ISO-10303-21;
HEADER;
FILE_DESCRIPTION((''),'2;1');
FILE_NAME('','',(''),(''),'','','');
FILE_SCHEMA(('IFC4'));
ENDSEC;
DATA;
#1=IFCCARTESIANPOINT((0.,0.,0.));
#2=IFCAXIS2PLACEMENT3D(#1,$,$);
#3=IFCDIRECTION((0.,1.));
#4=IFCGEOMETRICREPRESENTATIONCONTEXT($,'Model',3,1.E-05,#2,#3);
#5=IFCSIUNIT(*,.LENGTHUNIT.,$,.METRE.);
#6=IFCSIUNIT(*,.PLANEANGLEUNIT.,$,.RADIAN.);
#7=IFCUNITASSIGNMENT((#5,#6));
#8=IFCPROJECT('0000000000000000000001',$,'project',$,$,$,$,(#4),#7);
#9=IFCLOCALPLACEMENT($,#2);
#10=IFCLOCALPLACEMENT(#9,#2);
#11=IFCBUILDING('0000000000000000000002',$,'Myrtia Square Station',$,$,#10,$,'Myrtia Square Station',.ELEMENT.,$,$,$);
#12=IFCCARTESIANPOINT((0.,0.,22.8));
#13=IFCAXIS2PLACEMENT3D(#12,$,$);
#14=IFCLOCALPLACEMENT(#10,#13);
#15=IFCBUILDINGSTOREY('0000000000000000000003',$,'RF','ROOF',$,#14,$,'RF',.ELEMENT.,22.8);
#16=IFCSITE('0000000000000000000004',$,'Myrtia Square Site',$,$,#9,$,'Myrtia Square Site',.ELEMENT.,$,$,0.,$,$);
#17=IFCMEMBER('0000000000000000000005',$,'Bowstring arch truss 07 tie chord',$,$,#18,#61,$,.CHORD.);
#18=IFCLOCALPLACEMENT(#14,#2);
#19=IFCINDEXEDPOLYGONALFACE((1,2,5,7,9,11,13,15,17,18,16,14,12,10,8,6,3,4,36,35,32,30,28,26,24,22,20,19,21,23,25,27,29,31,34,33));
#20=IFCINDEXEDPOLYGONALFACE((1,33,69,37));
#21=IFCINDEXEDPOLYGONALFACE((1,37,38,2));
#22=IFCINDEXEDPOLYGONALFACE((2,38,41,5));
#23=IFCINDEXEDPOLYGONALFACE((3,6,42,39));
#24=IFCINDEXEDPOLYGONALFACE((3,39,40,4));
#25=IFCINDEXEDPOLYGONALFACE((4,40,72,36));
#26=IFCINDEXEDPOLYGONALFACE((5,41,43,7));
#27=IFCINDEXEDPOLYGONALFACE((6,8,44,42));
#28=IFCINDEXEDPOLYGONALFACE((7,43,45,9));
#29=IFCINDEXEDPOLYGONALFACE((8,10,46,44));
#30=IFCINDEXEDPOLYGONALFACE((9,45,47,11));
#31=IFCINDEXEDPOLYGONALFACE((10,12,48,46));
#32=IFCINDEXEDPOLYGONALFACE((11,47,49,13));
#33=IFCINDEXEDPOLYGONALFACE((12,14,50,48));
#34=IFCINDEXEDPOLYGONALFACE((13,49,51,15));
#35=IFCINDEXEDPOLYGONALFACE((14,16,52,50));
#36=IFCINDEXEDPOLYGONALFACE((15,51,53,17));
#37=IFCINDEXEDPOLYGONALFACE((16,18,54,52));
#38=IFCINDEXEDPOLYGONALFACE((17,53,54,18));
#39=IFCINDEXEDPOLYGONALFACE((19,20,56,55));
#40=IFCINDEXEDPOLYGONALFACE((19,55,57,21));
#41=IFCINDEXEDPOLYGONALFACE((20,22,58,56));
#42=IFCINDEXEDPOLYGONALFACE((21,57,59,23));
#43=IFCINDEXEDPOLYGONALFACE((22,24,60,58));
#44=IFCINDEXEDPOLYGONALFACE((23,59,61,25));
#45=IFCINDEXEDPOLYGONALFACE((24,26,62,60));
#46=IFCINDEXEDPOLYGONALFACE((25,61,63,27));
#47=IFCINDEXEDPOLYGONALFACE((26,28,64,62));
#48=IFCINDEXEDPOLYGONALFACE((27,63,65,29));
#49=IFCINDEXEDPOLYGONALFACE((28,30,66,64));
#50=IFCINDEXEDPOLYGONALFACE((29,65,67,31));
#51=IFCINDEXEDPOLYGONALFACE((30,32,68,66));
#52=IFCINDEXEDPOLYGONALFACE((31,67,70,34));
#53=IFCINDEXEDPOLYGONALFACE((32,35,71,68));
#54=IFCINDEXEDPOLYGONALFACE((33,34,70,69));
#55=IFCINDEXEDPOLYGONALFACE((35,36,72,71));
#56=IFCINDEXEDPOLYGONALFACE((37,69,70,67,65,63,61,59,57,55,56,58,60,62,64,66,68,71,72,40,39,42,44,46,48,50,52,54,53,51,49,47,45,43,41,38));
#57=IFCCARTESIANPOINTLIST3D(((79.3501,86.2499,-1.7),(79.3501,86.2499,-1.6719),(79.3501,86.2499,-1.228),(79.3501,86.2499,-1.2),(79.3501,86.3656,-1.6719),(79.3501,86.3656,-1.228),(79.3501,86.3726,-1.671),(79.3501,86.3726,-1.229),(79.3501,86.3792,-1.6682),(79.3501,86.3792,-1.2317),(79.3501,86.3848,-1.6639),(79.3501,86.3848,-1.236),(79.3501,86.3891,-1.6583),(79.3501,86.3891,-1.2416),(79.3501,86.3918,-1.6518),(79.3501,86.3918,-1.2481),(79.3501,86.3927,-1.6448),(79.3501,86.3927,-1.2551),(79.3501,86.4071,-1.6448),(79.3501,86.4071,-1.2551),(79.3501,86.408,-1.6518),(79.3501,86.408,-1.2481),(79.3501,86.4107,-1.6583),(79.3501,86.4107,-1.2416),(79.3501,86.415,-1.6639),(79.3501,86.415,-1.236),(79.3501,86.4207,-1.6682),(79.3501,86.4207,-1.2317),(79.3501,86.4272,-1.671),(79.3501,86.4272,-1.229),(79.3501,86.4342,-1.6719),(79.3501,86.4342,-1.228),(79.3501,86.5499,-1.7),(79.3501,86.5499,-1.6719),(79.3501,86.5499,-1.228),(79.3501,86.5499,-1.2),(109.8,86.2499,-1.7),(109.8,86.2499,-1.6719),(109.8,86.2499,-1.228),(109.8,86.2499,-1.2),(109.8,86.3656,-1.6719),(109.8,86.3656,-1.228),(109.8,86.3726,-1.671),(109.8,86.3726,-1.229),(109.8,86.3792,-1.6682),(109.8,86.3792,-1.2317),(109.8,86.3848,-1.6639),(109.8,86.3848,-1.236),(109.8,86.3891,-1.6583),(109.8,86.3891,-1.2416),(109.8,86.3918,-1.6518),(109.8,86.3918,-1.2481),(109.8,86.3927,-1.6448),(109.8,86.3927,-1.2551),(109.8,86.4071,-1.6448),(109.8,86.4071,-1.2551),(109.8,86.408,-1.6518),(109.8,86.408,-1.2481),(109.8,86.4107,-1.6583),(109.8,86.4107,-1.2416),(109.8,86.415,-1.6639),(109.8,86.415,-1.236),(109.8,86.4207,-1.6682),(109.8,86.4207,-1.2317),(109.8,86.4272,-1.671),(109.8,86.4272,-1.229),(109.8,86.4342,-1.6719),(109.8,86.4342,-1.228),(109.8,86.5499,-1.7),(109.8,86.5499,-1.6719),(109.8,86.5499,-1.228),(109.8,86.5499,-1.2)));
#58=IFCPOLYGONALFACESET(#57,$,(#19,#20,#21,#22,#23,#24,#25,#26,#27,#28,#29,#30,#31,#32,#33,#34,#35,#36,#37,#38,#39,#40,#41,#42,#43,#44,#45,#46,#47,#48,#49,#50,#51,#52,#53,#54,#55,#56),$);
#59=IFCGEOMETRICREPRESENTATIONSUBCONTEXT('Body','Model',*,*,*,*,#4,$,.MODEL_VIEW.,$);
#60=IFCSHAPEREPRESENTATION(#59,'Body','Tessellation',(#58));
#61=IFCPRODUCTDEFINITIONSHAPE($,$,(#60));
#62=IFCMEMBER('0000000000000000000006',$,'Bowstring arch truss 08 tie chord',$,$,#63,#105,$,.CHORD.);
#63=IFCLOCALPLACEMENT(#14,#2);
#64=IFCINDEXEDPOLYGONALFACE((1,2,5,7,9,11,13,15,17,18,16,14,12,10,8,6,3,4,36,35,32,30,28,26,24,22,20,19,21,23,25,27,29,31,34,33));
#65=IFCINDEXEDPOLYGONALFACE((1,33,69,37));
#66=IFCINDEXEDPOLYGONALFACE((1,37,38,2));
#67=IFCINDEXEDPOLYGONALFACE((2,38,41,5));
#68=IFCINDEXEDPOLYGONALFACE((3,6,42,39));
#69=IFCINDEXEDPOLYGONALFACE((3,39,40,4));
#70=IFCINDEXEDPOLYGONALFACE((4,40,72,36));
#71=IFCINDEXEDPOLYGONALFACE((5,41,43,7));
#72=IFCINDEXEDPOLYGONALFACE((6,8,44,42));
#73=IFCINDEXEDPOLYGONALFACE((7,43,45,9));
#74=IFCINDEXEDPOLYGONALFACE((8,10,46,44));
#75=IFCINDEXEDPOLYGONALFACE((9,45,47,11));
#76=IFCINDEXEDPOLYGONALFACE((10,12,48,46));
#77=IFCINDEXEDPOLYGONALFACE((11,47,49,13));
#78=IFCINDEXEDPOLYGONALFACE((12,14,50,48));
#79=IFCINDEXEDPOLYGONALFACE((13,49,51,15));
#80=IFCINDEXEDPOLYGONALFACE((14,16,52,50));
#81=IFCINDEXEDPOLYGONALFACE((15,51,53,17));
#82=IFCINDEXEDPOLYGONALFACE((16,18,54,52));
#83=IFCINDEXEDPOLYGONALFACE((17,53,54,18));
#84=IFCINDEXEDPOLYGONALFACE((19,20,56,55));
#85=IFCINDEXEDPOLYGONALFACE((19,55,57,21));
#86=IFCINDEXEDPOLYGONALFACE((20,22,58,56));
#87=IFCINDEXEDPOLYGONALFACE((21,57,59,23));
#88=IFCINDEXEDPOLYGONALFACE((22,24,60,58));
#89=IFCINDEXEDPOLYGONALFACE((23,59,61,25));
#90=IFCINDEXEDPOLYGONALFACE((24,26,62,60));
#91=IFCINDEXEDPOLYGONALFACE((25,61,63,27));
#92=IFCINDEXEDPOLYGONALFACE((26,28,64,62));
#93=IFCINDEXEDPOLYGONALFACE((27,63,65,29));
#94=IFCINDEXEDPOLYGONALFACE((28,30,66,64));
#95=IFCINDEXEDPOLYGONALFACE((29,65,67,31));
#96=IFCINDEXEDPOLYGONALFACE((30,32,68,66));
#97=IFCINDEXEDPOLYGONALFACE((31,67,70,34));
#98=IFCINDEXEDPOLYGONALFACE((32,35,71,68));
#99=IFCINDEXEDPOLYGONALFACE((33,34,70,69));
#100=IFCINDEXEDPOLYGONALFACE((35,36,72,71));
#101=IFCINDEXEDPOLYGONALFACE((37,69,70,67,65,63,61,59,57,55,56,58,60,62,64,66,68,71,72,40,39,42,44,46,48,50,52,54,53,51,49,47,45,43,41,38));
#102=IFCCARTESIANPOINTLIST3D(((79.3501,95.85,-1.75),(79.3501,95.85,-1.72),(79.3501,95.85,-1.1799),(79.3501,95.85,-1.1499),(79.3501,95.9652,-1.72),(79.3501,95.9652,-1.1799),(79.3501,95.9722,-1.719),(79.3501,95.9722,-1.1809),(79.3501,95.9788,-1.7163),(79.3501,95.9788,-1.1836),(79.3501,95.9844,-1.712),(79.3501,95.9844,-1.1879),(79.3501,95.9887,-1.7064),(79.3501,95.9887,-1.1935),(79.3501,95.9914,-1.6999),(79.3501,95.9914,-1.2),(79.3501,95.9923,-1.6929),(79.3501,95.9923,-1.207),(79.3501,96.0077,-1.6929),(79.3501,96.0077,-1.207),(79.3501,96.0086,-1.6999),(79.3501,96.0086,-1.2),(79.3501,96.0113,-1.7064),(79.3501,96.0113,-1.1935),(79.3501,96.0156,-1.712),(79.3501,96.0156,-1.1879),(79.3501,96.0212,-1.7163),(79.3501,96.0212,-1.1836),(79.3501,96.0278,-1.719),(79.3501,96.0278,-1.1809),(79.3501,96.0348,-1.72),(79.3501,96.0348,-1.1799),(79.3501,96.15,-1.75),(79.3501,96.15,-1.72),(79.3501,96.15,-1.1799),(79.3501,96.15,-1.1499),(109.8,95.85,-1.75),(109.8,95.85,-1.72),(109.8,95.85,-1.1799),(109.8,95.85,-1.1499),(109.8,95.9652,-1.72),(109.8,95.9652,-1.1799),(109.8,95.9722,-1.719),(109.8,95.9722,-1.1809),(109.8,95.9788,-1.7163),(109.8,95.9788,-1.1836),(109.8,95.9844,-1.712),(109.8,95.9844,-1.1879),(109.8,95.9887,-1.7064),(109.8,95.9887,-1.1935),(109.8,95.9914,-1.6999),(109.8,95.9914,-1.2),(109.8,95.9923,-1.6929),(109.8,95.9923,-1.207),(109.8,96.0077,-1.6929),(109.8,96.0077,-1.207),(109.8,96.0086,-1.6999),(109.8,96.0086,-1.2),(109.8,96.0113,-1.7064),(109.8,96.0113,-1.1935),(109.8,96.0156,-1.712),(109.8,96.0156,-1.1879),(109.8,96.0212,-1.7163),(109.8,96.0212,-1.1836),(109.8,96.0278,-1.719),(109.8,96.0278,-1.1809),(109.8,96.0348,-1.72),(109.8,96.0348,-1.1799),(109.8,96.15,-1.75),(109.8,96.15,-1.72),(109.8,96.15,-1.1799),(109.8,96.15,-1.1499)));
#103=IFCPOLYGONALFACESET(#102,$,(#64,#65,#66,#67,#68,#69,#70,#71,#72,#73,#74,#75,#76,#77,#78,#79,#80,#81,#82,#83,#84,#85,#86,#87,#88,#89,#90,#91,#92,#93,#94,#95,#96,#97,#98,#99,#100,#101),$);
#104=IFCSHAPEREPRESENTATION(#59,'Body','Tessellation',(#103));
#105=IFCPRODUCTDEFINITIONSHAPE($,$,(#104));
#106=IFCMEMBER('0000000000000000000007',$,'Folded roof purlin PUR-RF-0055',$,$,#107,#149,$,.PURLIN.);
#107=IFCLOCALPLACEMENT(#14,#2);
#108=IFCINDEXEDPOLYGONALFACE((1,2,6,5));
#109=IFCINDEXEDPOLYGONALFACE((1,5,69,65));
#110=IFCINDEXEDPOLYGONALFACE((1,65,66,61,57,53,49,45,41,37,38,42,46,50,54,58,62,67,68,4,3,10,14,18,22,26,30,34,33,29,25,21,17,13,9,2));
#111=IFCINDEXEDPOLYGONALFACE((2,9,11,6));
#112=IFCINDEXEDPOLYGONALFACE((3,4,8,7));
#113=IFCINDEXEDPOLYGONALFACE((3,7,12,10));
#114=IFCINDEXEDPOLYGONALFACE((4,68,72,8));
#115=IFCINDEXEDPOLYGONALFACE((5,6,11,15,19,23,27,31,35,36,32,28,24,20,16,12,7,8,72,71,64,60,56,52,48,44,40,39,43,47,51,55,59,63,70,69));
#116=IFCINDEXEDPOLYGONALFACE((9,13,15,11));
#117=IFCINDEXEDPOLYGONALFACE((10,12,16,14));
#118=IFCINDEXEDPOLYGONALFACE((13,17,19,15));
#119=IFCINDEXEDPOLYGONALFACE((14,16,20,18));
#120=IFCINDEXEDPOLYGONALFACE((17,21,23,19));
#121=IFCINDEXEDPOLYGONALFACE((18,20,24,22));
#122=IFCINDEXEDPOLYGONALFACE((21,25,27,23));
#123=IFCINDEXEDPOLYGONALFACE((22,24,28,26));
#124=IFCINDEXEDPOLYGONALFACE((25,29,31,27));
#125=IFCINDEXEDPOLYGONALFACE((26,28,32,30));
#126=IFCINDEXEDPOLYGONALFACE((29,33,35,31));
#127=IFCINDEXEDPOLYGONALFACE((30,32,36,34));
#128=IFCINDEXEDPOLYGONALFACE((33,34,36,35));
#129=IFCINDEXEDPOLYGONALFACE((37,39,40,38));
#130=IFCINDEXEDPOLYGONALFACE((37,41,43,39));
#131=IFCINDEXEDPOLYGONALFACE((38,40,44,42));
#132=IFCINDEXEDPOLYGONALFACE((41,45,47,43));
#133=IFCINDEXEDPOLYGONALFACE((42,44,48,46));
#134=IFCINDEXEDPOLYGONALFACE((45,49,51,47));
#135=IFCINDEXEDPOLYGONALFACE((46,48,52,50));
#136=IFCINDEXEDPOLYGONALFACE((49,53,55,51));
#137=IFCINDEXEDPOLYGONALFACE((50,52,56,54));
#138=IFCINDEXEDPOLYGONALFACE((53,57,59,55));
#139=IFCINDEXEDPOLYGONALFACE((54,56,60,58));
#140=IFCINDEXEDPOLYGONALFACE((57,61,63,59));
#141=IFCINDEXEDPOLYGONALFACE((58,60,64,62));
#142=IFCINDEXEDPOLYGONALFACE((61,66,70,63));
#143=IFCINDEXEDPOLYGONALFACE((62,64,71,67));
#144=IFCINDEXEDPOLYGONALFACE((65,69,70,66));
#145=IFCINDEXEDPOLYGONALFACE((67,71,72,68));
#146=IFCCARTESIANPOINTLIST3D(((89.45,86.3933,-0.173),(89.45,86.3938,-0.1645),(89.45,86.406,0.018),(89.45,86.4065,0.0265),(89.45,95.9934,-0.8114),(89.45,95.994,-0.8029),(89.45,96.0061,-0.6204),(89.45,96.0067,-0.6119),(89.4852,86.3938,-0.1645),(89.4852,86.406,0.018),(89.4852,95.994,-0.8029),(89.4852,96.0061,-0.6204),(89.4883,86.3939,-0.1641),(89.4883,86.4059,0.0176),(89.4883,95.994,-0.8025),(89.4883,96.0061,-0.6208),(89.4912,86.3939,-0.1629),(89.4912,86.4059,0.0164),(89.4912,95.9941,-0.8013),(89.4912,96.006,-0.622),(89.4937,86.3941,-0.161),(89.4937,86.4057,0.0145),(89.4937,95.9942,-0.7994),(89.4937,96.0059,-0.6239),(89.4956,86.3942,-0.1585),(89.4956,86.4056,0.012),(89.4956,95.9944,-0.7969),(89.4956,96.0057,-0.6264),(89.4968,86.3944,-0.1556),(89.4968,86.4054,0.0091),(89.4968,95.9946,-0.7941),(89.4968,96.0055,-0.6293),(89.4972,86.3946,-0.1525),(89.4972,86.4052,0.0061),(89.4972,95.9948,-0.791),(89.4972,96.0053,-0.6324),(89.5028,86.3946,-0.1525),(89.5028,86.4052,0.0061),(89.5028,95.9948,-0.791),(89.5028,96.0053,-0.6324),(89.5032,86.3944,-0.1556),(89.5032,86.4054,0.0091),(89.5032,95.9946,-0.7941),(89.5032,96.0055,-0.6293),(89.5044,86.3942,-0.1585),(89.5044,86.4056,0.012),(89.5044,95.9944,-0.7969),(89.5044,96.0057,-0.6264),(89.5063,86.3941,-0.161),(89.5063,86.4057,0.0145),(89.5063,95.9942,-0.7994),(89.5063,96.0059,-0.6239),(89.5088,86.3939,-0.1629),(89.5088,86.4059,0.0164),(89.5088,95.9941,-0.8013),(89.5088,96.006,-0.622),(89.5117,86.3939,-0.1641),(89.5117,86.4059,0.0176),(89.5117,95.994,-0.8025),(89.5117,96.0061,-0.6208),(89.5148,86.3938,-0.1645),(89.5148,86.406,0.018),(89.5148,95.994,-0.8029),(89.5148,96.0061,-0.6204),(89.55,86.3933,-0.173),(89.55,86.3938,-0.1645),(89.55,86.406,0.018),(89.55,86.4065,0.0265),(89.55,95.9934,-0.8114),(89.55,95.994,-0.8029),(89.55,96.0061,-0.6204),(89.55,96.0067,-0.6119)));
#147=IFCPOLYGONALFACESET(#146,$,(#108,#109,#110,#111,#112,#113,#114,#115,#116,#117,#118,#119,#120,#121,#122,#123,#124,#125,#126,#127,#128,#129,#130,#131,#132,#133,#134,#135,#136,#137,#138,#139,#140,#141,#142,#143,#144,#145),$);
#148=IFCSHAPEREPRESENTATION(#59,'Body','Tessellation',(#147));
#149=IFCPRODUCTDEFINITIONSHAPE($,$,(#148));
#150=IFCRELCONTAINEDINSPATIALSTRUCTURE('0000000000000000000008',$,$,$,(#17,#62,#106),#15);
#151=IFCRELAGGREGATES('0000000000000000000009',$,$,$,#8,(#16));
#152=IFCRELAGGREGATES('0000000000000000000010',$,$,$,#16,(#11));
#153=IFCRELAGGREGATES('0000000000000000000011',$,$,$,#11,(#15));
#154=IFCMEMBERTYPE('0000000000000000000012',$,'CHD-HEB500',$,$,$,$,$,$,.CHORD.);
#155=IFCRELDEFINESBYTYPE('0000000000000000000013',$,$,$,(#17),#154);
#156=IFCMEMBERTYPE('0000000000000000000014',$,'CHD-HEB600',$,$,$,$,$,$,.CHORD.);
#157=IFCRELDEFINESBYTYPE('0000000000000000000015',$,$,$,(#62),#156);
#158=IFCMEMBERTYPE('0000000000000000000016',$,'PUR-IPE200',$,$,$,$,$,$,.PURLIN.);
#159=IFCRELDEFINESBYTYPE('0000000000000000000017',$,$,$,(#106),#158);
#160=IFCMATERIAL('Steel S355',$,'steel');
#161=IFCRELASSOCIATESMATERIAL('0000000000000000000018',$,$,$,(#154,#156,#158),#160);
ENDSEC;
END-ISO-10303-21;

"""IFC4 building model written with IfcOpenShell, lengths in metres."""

from ifc_helpers import new_model, si_unit, direction, frame, origin, origin_2d, place, context, subcontext, project, spatial, i_section, extrude, material, material_profile, profile_set, type_object, element, save


model = new_model("IFC4")

# Units and contexts
model_context = context("Model", 3, precision=1e-05, world=origin(), true_north=direction((0.0, 1.0)))
body_context = subcontext(model_context, "Body", "Model", "MODEL_VIEW")
ifc_project = project(units=[si_unit("LENGTHUNIT", "METRE"), si_unit("PLANEANGLEUNIT", "RADIAN")], contexts=[model_context])

# Site, building, storey
site_placement = place(None, origin())
site = spatial("IfcSite", under=ifc_project, at=site_placement, Name="Myrtia Square Site", LongName="Myrtia Square Site", CompositionType="ELEMENT", RefElevation=0.0)
building_placement = place(site_placement, origin())
building = spatial("IfcBuilding", under=site, at=building_placement, Name="Myrtia Square Station", LongName="Myrtia Square Station", CompositionType="ELEMENT")
storey_placement = place(building_placement, frame((0.0, 0.0, 22.8)))
storey = spatial("IfcBuildingStorey", under=building, at=storey_placement, Name="RF", Description="ROOF", LongName="RF", CompositionType="ELEMENT", Elevation=22.8)

# Members
ifc_material_1 = material(Name="Steel S355", Category="steel")
ifc_material_profile_1 = material_profile(ifc_material_1, i_section(OverallWidth=0.3, OverallDepth=0.5, WebThickness=0.0144, FlangeThickness=0.0281, FilletRadius=0.0271, at=origin_2d()), Name="HEB 500")
ifc_profile_set_1 = profile_set([ifc_material_profile_1], Name="Steel S355")
member_type_1 = type_object("IfcMemberType", Name="CHD-HEB500", PredefinedType="CHORD", material=ifc_profile_set_1)
member_1_placement = place(storey_placement, frame((79.3501, 86.3999, -1.45), z_axis=(1.0, 0.0, 0.0), x_axis=(0.0, 1.0, 0.0)))
element("IfcMember", 1, at=member_1_placement, inside=storey, type_object=member_type_1, Name="Bowstring arch truss 07 tie chord", PredefinedType="CHORD", context=body_context, shape_type="SweptSolid", body=[
    extrude(i_section(OverallWidth=0.3, OverallDepth=0.5, WebThickness=0.0144, FlangeThickness=0.0281, FilletRadius=0.0271, at=origin_2d()), origin(), (0.0, 0.0, 1.0), 30.45),
])
ifc_material_profile_2 = material_profile(ifc_material_1, i_section(OverallWidth=0.3, OverallDepth=0.6001, WebThickness=0.0154, FlangeThickness=0.03, FilletRadius=0.0271, at=origin_2d()), Name="HEB 600")
ifc_profile_set_2 = profile_set([ifc_material_profile_2], Name="Steel S355")
member_type_2 = type_object("IfcMemberType", Name="CHD-HEB600", PredefinedType="CHORD", material=ifc_profile_set_2)
member_2_placement = place(storey_placement, frame((79.3501, 96.0, -1.45), z_axis=(1.0, 0.0, 0.0), x_axis=(0.0, 1.0, 0.0)))
element("IfcMember", 2, at=member_2_placement, inside=storey, type_object=member_type_2, Name="Bowstring arch truss 08 tie chord", PredefinedType="CHORD", context=body_context, shape_type="SweptSolid", body=[
    extrude(i_section(OverallWidth=0.3, OverallDepth=0.6001, WebThickness=0.0154, FlangeThickness=0.03, FilletRadius=0.0271, at=origin_2d()), origin(), (0.0, 0.0, 1.0), 30.45),
])
ifc_material_profile_3 = material_profile(ifc_material_1, i_section(OverallWidth=0.1001, OverallDepth=0.2, WebThickness=0.0056, FlangeThickness=0.0085, FilletRadius=0.012, at=origin_2d()), Name="IPE 200")
ifc_profile_set_3 = profile_set([ifc_material_profile_3], Name="Steel S355")
member_type_3 = type_object("IfcMemberType", Name="PUR-IPE200", PredefinedType="PURLIN", material=ifc_profile_set_3)
member_3_placement = place(storey_placement, frame((89.5, 86.3999, -0.0732), z_axis=(0.0, 0.997796, -0.066356), x_axis=(-1.0, 0.0, 0.0)))
element("IfcMember", 3, at=member_3_placement, inside=storey, type_object=member_type_3, Name="Folded roof purlin PUR-RF-0055", PredefinedType="PURLIN", context=body_context, shape_type="SweptSolid", body=[
    extrude(i_section(OverallWidth=0.1001, OverallDepth=0.2, WebThickness=0.0056, FlangeThickness=0.0085, FilletRadius=0.012, at=origin_2d()), origin(), (0.0, 0.0, 1.0), 9.6213),
])

save(model, "model.ifc")
